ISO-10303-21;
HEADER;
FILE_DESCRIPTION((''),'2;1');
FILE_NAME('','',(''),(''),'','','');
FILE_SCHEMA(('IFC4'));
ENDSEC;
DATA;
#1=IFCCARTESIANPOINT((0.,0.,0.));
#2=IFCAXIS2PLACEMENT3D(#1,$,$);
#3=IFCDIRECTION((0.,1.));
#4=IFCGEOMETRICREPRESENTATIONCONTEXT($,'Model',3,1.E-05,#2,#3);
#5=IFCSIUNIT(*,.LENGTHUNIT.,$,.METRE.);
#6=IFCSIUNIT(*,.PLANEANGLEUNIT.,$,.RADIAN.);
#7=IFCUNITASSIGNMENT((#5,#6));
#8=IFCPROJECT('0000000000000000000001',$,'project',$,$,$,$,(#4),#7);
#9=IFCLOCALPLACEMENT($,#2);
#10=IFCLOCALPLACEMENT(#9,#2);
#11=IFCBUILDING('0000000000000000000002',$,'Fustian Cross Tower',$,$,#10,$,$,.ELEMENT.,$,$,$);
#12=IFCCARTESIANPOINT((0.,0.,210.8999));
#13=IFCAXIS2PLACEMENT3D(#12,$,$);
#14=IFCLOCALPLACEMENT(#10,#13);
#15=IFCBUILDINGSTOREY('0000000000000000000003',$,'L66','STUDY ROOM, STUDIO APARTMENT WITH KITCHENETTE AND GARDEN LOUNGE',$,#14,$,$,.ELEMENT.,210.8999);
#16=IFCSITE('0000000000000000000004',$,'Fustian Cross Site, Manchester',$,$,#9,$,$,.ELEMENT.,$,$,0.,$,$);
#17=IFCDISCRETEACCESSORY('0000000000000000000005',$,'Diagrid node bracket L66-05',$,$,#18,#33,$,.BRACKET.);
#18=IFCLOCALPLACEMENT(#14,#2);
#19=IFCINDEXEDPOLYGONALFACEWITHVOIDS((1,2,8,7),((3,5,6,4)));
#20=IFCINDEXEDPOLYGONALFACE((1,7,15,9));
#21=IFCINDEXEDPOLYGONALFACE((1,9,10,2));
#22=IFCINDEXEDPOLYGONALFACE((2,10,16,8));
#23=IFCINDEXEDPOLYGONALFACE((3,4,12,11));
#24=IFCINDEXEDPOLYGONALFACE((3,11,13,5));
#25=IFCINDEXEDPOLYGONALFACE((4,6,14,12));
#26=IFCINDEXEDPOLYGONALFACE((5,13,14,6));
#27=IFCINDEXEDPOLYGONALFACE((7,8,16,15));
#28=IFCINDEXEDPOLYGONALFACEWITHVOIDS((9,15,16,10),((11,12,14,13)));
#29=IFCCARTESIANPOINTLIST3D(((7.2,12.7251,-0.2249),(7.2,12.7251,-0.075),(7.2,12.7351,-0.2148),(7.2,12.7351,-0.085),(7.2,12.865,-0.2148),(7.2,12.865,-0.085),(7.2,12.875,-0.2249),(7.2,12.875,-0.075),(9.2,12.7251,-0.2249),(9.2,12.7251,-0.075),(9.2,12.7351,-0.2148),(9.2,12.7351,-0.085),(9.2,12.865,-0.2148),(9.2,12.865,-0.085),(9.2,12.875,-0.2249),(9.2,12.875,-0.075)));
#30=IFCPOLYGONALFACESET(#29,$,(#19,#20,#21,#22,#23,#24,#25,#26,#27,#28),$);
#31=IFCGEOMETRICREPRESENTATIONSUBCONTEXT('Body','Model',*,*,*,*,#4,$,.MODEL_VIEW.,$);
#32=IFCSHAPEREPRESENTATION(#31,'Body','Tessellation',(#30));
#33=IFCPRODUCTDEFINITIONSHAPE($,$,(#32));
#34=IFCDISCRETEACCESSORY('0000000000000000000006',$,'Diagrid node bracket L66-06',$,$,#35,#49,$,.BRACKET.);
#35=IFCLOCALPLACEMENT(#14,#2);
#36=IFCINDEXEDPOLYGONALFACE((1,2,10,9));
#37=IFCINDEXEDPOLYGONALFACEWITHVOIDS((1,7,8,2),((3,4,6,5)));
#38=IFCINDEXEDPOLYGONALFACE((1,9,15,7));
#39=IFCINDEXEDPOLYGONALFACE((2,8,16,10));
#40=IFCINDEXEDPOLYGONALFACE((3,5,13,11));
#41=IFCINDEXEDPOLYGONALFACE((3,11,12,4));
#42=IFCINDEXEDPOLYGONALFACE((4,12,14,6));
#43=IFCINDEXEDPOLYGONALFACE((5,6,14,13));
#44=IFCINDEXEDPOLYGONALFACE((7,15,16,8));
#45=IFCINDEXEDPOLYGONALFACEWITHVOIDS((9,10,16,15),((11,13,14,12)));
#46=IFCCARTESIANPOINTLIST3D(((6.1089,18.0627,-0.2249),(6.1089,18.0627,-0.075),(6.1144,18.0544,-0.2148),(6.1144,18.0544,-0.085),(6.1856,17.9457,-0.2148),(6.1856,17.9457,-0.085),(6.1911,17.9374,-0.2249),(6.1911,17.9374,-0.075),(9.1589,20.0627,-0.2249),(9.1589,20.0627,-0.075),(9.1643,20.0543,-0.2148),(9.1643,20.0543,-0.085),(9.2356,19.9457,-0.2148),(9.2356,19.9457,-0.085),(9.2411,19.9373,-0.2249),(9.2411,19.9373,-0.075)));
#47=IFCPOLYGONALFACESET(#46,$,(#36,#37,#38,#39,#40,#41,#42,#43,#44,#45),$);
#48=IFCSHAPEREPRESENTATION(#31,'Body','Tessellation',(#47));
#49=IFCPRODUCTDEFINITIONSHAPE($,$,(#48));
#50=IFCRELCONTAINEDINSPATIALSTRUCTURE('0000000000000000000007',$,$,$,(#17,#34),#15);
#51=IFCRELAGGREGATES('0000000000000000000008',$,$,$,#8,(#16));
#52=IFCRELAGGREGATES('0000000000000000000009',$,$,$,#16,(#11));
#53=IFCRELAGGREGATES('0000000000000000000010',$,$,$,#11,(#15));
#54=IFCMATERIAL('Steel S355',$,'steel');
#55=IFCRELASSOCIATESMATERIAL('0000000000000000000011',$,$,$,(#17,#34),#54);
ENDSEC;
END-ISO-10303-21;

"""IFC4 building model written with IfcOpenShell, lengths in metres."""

from ifc_helpers import new_model, si_unit, direction, frame, origin, origin_2d, place, context, subcontext, project, spatial, hollow_rectangle, extrude, material, element, save


model = new_model("IFC4")

# Units and contexts
model_context = context("Model", 3, precision=1e-05, world=origin(), true_north=direction((0.0, 1.0)))
body_context = subcontext(model_context, "Body", "Model", "MODEL_VIEW")
ifc_project = project(units=[si_unit("LENGTHUNIT", "METRE"), si_unit("PLANEANGLEUNIT", "RADIAN")], contexts=[model_context])

# Site, building, storey
site_placement = place(None, origin())
site = spatial("IfcSite", under=ifc_project, at=site_placement, Name="Fustian Cross Site, Manchester", CompositionType="ELEMENT", RefElevation=0.0)
building_placement = place(site_placement, origin())
building = spatial("IfcBuilding", under=site, at=building_placement, Name="Fustian Cross Tower", CompositionType="ELEMENT")
storey_placement = place(building_placement, frame((0.0, 0.0, 210.8999)))
storey = spatial("IfcBuildingStorey", under=building, at=storey_placement, Name="L66", Description="STUDY ROOM, STUDIO APARTMENT WITH KITCHENETTE AND GARDEN LOUNGE", CompositionType="ELEMENT", Elevation=210.8999)

# Discrete accessories
ifc_material_1 = material(Name="Steel S355", Category="steel")
for number, where, z_axis, x_axis, name in (
    (1, (9.2, 12.8, -0.1499), (-1.0, 0.0, 0.0), (0.0, -1.0, 0.0), "Diagrid node bracket L66-05"),
):
    element("IfcDiscreteAccessory", number, at=place(storey_placement, frame(where, z_axis=z_axis, x_axis=x_axis)), inside=storey, material=ifc_material_1, Name=name, PredefinedType="BRACKET", context=body_context, shape_type="SweptSolid", body=[
        extrude(hollow_rectangle(XDim=0.1499, YDim=0.1499, WallThickness=0.01, at=origin_2d()), origin(), (0.0, 0.0, 1.0), 2.0),
    ])
discrete_accessory_placement = place(storey_placement, frame((9.2, 20.0, -0.1499), z_axis=(-0.836248, -0.548351, 0.0), x_axis=(0.548351, -0.836248, 0.0)))
element("IfcDiscreteAccessory", 2, at=discrete_accessory_placement, inside=storey, material=ifc_material_1, Name="Diagrid node bracket L66-06", PredefinedType="BRACKET", context=body_context, shape_type="SweptSolid", body=[
    extrude(hollow_rectangle(XDim=0.1499, YDim=0.1499, WallThickness=0.01, at=origin_2d()), origin(), (0.0, 0.0, 1.0), 3.6472),
])

save(model, "model.ifc")
